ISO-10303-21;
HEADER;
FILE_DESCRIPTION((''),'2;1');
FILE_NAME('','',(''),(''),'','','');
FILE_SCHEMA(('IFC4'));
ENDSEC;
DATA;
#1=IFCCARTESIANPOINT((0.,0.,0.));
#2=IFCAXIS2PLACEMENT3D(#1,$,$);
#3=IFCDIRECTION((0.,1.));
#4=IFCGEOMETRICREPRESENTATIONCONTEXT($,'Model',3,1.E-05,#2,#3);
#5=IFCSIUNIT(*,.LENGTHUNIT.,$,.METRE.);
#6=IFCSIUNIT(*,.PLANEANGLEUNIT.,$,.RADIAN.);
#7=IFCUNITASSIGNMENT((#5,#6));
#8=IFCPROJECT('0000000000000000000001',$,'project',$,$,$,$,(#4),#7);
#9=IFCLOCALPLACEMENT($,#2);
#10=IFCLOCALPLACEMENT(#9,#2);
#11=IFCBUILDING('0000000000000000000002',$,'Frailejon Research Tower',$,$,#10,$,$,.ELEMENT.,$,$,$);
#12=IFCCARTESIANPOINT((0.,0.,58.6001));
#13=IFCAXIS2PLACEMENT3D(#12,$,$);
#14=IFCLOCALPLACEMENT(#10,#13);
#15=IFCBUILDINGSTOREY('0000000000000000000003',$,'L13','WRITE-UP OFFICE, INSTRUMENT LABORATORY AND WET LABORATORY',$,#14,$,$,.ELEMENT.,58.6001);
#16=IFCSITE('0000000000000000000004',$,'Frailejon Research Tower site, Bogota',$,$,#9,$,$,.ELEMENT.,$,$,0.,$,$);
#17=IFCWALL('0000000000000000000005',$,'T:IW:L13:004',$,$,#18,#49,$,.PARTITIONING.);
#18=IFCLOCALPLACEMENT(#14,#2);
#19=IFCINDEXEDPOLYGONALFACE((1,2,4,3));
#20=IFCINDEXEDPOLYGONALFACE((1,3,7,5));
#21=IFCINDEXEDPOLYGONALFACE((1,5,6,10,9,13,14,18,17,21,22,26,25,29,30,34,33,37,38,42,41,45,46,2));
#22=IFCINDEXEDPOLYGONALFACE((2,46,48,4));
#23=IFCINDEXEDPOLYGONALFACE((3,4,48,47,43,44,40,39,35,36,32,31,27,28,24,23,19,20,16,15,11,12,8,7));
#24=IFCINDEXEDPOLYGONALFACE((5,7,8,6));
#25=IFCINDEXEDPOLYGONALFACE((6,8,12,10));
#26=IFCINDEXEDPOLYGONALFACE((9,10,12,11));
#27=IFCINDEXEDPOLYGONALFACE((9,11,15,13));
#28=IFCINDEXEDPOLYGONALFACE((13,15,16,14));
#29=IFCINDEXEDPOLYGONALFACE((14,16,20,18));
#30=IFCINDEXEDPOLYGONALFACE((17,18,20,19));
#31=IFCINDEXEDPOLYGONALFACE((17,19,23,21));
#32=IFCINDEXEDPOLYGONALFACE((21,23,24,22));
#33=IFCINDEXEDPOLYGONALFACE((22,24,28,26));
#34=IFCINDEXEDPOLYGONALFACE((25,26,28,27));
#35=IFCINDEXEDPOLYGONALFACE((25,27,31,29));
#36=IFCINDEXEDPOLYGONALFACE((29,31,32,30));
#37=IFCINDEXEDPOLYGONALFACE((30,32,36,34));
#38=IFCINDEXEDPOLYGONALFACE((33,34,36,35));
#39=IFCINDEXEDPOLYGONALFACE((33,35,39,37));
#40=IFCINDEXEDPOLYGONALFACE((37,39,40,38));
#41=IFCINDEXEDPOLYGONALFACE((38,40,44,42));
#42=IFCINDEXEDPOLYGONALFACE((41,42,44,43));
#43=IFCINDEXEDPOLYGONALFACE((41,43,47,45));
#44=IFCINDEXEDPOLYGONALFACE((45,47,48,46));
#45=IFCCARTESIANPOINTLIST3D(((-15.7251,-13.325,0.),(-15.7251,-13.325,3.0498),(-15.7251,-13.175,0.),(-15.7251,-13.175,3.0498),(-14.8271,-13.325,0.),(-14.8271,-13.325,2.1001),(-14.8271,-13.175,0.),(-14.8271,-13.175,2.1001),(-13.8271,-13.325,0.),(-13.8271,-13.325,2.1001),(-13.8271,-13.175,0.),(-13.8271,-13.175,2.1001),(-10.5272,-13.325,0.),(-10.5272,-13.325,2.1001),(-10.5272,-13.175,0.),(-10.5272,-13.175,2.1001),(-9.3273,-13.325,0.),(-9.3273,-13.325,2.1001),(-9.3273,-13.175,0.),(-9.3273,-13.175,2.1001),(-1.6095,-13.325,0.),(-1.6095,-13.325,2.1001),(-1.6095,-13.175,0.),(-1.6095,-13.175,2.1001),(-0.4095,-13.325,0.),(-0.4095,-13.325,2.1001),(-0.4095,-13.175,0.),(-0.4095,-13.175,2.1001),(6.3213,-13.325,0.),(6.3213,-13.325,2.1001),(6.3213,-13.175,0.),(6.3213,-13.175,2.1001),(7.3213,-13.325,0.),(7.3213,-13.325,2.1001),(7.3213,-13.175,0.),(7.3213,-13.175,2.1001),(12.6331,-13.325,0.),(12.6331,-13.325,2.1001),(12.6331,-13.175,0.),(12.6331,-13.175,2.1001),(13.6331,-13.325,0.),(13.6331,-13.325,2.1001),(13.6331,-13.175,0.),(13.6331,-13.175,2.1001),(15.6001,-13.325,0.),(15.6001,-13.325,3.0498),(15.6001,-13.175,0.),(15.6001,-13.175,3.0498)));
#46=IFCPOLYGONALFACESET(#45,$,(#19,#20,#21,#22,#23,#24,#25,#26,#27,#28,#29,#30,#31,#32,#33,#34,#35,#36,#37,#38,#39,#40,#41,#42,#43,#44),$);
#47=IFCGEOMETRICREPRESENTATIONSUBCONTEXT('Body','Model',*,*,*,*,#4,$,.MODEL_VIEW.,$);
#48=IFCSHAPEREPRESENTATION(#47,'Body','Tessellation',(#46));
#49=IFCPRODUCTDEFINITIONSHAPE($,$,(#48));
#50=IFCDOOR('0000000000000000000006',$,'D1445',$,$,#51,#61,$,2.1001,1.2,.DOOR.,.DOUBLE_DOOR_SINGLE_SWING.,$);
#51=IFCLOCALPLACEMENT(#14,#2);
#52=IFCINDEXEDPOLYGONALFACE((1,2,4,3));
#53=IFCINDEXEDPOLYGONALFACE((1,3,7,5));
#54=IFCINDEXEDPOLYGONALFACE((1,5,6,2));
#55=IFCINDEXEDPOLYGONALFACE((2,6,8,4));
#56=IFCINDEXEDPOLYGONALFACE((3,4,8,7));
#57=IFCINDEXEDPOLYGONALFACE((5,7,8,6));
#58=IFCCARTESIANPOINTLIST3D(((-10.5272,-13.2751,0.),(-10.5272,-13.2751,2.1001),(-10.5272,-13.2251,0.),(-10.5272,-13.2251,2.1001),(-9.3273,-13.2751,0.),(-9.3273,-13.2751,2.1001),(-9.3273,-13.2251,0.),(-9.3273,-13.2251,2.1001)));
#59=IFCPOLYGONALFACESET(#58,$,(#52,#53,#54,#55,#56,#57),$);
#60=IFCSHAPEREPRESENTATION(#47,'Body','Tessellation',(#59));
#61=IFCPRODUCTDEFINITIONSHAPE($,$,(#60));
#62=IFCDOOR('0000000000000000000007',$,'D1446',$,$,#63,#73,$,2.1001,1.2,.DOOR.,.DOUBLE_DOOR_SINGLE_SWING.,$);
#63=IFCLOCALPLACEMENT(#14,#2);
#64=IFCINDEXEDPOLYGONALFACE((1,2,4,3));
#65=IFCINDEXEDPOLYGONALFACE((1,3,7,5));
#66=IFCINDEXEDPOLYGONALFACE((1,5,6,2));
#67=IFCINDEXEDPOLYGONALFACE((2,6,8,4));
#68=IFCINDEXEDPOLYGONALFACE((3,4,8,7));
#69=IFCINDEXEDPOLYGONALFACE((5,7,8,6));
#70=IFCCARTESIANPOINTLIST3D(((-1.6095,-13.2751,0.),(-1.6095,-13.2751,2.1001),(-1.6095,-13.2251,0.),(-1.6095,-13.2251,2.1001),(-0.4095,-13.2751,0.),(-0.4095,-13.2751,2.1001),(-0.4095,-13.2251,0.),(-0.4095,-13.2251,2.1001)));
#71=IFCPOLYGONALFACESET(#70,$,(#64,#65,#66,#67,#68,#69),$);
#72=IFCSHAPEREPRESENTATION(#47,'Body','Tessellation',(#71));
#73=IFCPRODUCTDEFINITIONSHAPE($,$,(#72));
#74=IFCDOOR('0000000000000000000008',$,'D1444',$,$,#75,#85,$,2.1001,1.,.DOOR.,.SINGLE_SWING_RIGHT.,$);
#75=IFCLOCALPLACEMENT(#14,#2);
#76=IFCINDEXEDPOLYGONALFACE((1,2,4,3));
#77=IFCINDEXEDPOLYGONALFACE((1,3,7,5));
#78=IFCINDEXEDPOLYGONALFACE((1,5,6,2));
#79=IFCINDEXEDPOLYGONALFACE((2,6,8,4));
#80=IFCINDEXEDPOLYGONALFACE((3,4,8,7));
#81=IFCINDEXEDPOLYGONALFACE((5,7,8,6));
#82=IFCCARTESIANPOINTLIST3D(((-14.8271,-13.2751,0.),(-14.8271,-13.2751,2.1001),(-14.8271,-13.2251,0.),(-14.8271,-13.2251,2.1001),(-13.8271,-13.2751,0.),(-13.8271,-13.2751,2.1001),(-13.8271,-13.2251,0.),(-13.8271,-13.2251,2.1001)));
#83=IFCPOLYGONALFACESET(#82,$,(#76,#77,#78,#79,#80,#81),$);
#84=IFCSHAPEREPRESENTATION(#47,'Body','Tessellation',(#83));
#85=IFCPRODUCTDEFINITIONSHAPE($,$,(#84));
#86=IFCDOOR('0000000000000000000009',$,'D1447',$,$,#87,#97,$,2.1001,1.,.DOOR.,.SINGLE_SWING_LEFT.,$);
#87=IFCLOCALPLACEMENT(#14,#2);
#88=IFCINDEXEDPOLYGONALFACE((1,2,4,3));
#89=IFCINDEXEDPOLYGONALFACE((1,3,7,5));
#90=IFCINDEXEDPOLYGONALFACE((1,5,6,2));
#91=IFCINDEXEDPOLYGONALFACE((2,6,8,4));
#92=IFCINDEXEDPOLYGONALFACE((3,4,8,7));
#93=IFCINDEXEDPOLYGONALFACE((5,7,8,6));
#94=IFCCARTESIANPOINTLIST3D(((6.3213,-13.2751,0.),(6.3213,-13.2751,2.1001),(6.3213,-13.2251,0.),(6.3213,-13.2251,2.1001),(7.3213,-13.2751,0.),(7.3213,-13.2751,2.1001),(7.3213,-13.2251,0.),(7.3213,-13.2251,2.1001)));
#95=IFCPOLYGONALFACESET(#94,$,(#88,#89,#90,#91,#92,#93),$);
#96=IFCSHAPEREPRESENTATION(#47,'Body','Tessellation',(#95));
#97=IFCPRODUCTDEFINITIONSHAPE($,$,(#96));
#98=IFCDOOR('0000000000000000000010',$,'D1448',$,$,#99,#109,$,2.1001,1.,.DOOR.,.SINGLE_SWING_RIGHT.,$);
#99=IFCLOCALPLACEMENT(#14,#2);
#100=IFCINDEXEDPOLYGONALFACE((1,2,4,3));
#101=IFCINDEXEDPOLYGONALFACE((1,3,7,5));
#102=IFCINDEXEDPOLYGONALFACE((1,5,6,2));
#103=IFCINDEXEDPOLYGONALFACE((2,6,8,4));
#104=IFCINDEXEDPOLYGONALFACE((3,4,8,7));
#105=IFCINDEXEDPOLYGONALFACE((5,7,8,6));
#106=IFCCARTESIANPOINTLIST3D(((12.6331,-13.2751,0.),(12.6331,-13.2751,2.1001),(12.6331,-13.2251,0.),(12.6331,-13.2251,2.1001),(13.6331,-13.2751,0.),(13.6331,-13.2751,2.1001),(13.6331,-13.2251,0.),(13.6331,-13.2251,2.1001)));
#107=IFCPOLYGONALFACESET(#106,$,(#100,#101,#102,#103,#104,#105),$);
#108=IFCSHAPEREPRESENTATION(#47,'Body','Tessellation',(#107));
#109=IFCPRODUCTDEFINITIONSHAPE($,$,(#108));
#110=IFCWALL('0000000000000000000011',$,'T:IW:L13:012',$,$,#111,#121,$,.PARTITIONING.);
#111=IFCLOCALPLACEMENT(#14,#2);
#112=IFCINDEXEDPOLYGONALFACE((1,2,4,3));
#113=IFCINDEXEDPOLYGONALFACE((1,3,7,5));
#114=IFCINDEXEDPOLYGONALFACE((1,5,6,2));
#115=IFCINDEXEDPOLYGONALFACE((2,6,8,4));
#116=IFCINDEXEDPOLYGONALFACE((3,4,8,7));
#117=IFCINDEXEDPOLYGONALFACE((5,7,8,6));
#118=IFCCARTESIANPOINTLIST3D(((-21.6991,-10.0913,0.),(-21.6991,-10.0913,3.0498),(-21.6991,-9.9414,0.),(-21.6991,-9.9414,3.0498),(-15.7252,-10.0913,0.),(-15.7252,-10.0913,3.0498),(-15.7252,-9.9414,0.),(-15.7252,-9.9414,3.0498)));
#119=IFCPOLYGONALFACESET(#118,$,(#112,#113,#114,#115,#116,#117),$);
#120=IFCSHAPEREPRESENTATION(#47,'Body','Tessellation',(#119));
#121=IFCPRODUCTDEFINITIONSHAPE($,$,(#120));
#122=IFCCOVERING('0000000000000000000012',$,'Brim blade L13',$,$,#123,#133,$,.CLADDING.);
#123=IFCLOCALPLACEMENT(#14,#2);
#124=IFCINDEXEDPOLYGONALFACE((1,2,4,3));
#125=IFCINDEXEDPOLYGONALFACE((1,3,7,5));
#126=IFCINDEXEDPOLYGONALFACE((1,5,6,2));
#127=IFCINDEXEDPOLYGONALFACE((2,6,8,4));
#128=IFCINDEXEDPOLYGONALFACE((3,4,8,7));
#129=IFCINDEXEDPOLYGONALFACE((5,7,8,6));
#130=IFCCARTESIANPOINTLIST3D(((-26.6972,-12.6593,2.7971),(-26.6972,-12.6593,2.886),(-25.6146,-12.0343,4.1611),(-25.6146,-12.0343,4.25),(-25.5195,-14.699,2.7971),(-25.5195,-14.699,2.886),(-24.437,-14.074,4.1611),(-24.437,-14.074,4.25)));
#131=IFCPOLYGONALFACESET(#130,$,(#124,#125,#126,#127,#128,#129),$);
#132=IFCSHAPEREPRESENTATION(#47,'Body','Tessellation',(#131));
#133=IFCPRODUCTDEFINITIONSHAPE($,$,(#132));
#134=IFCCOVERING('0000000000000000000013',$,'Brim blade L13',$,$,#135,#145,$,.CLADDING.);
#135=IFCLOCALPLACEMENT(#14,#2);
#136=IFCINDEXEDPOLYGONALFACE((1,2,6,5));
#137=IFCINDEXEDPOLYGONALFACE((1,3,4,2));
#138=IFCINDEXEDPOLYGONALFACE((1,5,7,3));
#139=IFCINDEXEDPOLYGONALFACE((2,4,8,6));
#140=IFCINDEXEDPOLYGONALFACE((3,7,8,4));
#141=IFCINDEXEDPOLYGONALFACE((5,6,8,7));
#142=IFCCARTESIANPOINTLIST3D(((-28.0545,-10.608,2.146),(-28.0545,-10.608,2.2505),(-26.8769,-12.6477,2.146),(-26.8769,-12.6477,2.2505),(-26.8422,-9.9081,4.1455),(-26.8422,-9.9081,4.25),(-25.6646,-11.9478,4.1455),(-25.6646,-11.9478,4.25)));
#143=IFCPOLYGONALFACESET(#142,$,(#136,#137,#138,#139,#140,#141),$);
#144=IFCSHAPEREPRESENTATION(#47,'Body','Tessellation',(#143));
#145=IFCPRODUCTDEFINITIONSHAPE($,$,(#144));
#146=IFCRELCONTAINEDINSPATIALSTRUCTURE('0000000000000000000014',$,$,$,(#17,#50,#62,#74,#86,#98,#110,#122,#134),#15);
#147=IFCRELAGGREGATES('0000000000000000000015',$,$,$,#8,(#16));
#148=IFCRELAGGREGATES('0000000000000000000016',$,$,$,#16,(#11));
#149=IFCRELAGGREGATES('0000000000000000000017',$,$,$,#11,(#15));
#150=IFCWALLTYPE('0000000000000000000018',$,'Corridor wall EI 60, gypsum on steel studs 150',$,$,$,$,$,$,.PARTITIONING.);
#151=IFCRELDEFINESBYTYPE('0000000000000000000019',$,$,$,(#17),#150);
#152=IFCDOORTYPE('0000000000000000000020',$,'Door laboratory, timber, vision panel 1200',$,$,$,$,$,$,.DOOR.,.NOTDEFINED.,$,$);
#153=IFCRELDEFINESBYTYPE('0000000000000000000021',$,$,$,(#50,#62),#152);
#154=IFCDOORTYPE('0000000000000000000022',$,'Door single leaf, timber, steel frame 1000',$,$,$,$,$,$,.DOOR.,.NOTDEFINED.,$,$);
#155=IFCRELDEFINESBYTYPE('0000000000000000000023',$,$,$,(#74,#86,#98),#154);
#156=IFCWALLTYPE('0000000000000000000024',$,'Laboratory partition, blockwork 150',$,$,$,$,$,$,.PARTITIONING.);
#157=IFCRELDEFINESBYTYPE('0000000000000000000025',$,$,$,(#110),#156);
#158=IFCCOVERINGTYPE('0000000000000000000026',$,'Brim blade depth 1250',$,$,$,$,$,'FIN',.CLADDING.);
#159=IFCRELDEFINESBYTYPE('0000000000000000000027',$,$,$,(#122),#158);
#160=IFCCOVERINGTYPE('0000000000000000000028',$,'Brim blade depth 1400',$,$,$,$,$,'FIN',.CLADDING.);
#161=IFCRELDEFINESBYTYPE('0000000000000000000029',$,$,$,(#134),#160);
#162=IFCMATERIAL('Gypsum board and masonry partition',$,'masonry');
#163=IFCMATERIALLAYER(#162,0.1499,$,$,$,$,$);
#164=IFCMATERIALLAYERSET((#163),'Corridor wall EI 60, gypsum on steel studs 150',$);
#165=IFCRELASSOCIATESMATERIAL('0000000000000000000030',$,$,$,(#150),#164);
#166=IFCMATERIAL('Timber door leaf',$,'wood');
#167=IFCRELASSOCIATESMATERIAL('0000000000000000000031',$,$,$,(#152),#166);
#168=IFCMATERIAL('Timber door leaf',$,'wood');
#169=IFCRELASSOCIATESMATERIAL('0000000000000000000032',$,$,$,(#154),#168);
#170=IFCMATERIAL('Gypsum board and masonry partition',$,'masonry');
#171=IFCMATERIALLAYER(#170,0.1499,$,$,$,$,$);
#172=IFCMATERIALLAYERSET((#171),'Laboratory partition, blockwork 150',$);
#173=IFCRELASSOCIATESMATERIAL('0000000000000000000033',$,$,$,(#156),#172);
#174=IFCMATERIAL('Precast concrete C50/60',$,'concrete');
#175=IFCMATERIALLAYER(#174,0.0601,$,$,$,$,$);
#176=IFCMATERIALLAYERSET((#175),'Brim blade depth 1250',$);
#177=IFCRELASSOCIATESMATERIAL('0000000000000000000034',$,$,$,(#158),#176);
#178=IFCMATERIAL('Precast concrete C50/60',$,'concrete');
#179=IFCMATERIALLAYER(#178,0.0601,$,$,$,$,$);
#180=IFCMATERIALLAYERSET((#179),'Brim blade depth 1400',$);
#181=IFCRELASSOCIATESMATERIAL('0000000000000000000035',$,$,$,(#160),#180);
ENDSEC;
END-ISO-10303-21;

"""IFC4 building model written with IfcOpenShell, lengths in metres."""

from ifc_helpers import new_model, si_unit, direction, frame, frame_2d, origin, place, context, subcontext, project, spatial, polyline, rectangle, outline, extrude, material, layer, layer_set, type_object, element, fill, save


model = new_model("IFC4")

# Units and contexts
model_context = context("Model", 3, precision=1e-05, world=origin(), true_north=direction((0.0, 1.0)))
body_context = subcontext(model_context, "Body", "Model", "MODEL_VIEW")
ifc_project = project(units=[si_unit("LENGTHUNIT", "METRE"), si_unit("PLANEANGLEUNIT", "RADIAN")], contexts=[model_context])

# Site, building, storey
site_placement = place(None, origin())
site = spatial("IfcSite", under=ifc_project, at=site_placement, Name="Frailejon Research Tower site, Bogota", CompositionType="ELEMENT", RefElevation=0.0)
building_placement = place(site_placement, origin())
building = spatial("IfcBuilding", under=site, at=building_placement, Name="Frailejon Research Tower", CompositionType="ELEMENT")
storey_placement = place(building_placement, frame((0.0, 0.0, 58.6001)))
storey = spatial("IfcBuildingStorey", under=building, at=storey_placement, Name="L13", Description="WRITE-UP OFFICE, INSTRUMENT LABORATORY AND WET LABORATORY", CompositionType="ELEMENT", Elevation=58.6001)

# Wall, openings, doors
ifc_material_1 = material(Name="Gypsum board and masonry partition", Category="masonry")
ifc_layer_1 = layer(ifc_material_1, 0.1499)
ifc_layer_set_1 = layer_set([ifc_layer_1], Name="Corridor wall EI 60, gypsum on steel studs 150")
wall_type_1 = type_object("IfcWallType", Name="Corridor wall EI 60, gypsum on steel studs 150", PredefinedType="PARTITIONING", material=ifc_layer_set_1)
ifc_material_2 = material(Name="Timber door leaf", Category="wood")
door_type_1 = type_object("IfcDoorType", Name="Door laboratory, timber, vision panel 1200", OperationType="NOTDEFINED", PredefinedType="DOOR", material=ifc_material_2)
ifc_material_3 = material(Name="Timber door leaf", Category="wood")
door_type_2 = type_object("IfcDoorType", Name="Door single leaf, timber, steel frame 1000", OperationType="NOTDEFINED", PredefinedType="DOOR", material=ifc_material_3)
wall_1_placement = place(storey_placement, frame((-15.7251, -13.25, 0.0), z_axis=(0.0, 0.0, 1.0), x_axis=(1.0, 0.0, 0.0)))
wall_1 = element("IfcWall", 1, at=wall_1_placement, inside=storey, type_object=wall_type_1, Name="T:IW:L13:004", PredefinedType="PARTITIONING", context=body_context, shape_type="SweptSolid", body=[
    extrude(rectangle(XDim=31.3252, YDim=0.1499, at=frame_2d((15.6626, 0.0))), origin(), (0.0, 0.0, 1.0), 3.0498),
])
opening_1_placement = place(wall_1_placement, frame((0.8979, 0.0, 0.0)))
opening_1 = element("IfcOpeningElement", 2, at=opening_1_placement, cuts=wall_1, PredefinedType="OPENING", context=body_context, shape_type="SweptSolid", body=[
    extrude(rectangle(XDim=1.0, YDim=2.1001, at=frame_2d((0.5, 1.05))), frame((0.0, 0.085, 0.0), z_axis=(0.0, -1.0, 0.0), x_axis=(1.0, 0.0, 0.0)), (0.0, 0.0, 1.0), 0.1699),
])
opening_2_placement = place(wall_1_placement, frame((5.1978, 0.0, 0.0)))
opening_2 = element("IfcOpeningElement", 3, at=opening_2_placement, cuts=wall_1, PredefinedType="OPENING", context=body_context, shape_type="SweptSolid", body=[
    extrude(rectangle(XDim=1.2, YDim=2.1001, at=frame_2d((0.6001, 1.05))), frame((0.0, 0.085, 0.0), z_axis=(0.0, -1.0, 0.0), x_axis=(1.0, 0.0, 0.0)), (0.0, 0.0, 1.0), 0.1699),
])
opening_3_placement = place(wall_1_placement, frame((14.1155, 0.0, 0.0)))
opening_3 = element("IfcOpeningElement", 4, at=opening_3_placement, cuts=wall_1, PredefinedType="OPENING", context=body_context, shape_type="SweptSolid", body=[
    extrude(rectangle(XDim=1.2, YDim=2.1001, at=frame_2d((0.6001, 1.05))), frame((0.0, 0.085, 0.0), z_axis=(0.0, -1.0, 0.0), x_axis=(1.0, 0.0, 0.0)), (0.0, 0.0, 1.0), 0.1699),
])
opening_4_placement = place(wall_1_placement, frame((22.0464, 0.0, 0.0)))
opening_4 = element("IfcOpeningElement", 5, at=opening_4_placement, cuts=wall_1, PredefinedType="OPENING", context=body_context, shape_type="SweptSolid", body=[
    extrude(rectangle(XDim=1.0, YDim=2.1001, at=frame_2d((0.5, 1.05))), frame((0.0, 0.085, 0.0), z_axis=(0.0, -1.0, 0.0), x_axis=(1.0, 0.0, 0.0)), (0.0, 0.0, 1.0), 0.1699),
])
opening_5_placement = place(wall_1_placement, frame((28.3582, 0.0, 0.0)))
opening_5 = element("IfcOpeningElement", 6, at=opening_5_placement, cuts=wall_1, PredefinedType="OPENING", context=body_context, shape_type="SweptSolid", body=[
    extrude(rectangle(XDim=1.0, YDim=2.1001, at=frame_2d((0.5, 1.05))), frame((0.0, 0.085, 0.0), z_axis=(0.0, -1.0, 0.0), x_axis=(1.0, 0.0, 0.0)), (0.0, 0.0, 1.0), 0.1699),
])
door_1_placement = place(opening_2_placement, origin())
door_1 = element("IfcDoor", 7, at=door_1_placement, inside=storey, type_object=door_type_1, Name="D1445", OperationType="DOUBLE_DOOR_SINGLE_SWING", OverallHeight=2.1001, OverallWidth=1.2, PredefinedType="DOOR", context=body_context, shape_type="SweptSolid", body=[
    extrude(rectangle(XDim=1.2, YDim=2.1001, at=frame_2d((0.6001, 1.05))), frame((0.0, 0.0249, 0.0), z_axis=(0.0, -1.0, 0.0), x_axis=(1.0, 0.0, 0.0)), (0.0, 0.0, 1.0), 0.05),
])
fill(opening_2, door_1)
door_2_placement = place(opening_3_placement, origin())
door_2 = element("IfcDoor", 8, at=door_2_placement, inside=storey, type_object=door_type_1, Name="D1446", OperationType="DOUBLE_DOOR_SINGLE_SWING", OverallHeight=2.1001, OverallWidth=1.2, PredefinedType="DOOR", context=body_context, shape_type="SweptSolid", body=[
    extrude(rectangle(XDim=1.2, YDim=2.1001, at=frame_2d((0.6001, 1.05))), frame((0.0, 0.0249, 0.0), z_axis=(0.0, -1.0, 0.0), x_axis=(1.0, 0.0, 0.0)), (0.0, 0.0, 1.0), 0.05),
])
fill(opening_3, door_2)
door_3_placement = place(opening_1_placement, origin())
door_3 = element("IfcDoor", 9, at=door_3_placement, inside=storey, type_object=door_type_2, Name="D1444", OperationType="SINGLE_SWING_RIGHT", OverallHeight=2.1001, OverallWidth=1.0, PredefinedType="DOOR", context=body_context, shape_type="SweptSolid", body=[
    extrude(rectangle(XDim=1.0, YDim=2.1001, at=frame_2d((0.5, 1.05))), frame((0.0, 0.0249, 0.0), z_axis=(0.0, -1.0, 0.0), x_axis=(1.0, 0.0, 0.0)), (0.0, 0.0, 1.0), 0.05),
])
fill(opening_1, door_3)
door_4_placement = place(opening_4_placement, origin())
door_4 = element("IfcDoor", 10, at=door_4_placement, inside=storey, type_object=door_type_2, Name="D1447", OperationType="SINGLE_SWING_LEFT", OverallHeight=2.1001, OverallWidth=1.0, PredefinedType="DOOR", context=body_context, shape_type="SweptSolid", body=[
    extrude(rectangle(XDim=1.0, YDim=2.1001, at=frame_2d((0.5, 1.05))), frame((0.0, 0.0249, 0.0), z_axis=(0.0, -1.0, 0.0), x_axis=(1.0, 0.0, 0.0)), (0.0, 0.0, 1.0), 0.05),
])
fill(opening_4, door_4)
door_5_placement = place(opening_5_placement, origin())
door_5 = element("IfcDoor", 11, at=door_5_placement, inside=storey, type_object=door_type_2, Name="D1448", OperationType="SINGLE_SWING_RIGHT", OverallHeight=2.1001, OverallWidth=1.0, PredefinedType="DOOR", context=body_context, shape_type="SweptSolid", body=[
    extrude(rectangle(XDim=1.0, YDim=2.1001, at=frame_2d((0.5, 1.05))), frame((0.0, 0.0249, 0.0), z_axis=(0.0, -1.0, 0.0), x_axis=(1.0, 0.0, 0.0)), (0.0, 0.0, 1.0), 0.05),
])
fill(opening_5, door_5)

# Wall
ifc_material_4 = material(Name="Gypsum board and masonry partition", Category="masonry")
ifc_layer_2 = layer(ifc_material_4, 0.1499)
ifc_layer_set_2 = layer_set([ifc_layer_2], Name="Laboratory partition, blockwork 150")
wall_type_2 = type_object("IfcWallType", Name="Laboratory partition, blockwork 150", PredefinedType="PARTITIONING", material=ifc_layer_set_2)
wall_2_placement = place(storey_placement, frame((-21.699, -10.0164, 0.0), z_axis=(0.0, 0.0, 1.0), x_axis=(1.0, 0.0, 0.0)))
element("IfcWall", 12, at=wall_2_placement, inside=storey, type_object=wall_type_2, Name="T:IW:L13:012", PredefinedType="PARTITIONING", context=body_context, shape_type="SweptSolid", body=[
    extrude(rectangle(XDim=5.9739, YDim=0.1499, at=frame_2d((2.9868, 0.0))), origin(), (0.0, 0.0, 1.0), 3.0498),
])

# Coverings
ifc_material_5 = material(Name="Precast concrete C50/60", Category="concrete")
ifc_layer_3 = layer(ifc_material_5, 0.0601)
ifc_layer_set_3 = layer_set([ifc_layer_3], Name="Brim blade depth 1250")
covering_type_1 = type_object("IfcCoveringType", Name="Brim blade depth 1250", ElementType="FIN", PredefinedType="CLADDING", material=ifc_layer_set_3)
covering_1_placement = place(storey_placement, frame((-24.437, -14.074, 4.25), z_axis=(-0.500006, 0.866022, 0.0), x_axis=(-0.866022, -0.500006, 0.0)))
element("IfcCovering", 13, at=covering_1_placement, inside=storey, type_object=covering_type_1, Name="Brim blade L13", PredefinedType="CLADDING", context=body_context, shape_type="SweptSolid", body=[
    extrude(outline(polyline([(0.0, -0.0889), (1.25, -1.4529), (1.25, -1.364), (0.0, 0.0), (0.0, -0.0889)])), origin(), (0.0, 0.0, 1.0), 2.3552),
])
ifc_material_6 = material(Name="Precast concrete C50/60", Category="concrete")
ifc_layer_4 = layer(ifc_material_6, 0.0601)
ifc_layer_set_4 = layer_set([ifc_layer_4], Name="Brim blade depth 1400")
covering_type_2 = type_object("IfcCoveringType", Name="Brim blade depth 1400", ElementType="FIN", PredefinedType="CLADDING", material=ifc_layer_set_4)
covering_2_placement = place(storey_placement, frame((-25.6646, -11.9478, 4.25), z_axis=(-0.499997, 0.866027, 0.0), x_axis=(-0.866027, -0.499997, 0.0)))
element("IfcCovering", 14, at=covering_2_placement, inside=storey, type_object=covering_type_2, Name="Brim blade L13", PredefinedType="CLADDING", context=body_context, shape_type="SweptSolid", body=[
    extrude(outline(polyline([(0.0, -0.1045), (1.3999, -2.104), (1.3999, -1.9995), (0.0, 0.0), (0.0, -0.1045)])), origin(), (0.0, 0.0, 1.0), 2.3552),
])

save(model, "model.ifc")
